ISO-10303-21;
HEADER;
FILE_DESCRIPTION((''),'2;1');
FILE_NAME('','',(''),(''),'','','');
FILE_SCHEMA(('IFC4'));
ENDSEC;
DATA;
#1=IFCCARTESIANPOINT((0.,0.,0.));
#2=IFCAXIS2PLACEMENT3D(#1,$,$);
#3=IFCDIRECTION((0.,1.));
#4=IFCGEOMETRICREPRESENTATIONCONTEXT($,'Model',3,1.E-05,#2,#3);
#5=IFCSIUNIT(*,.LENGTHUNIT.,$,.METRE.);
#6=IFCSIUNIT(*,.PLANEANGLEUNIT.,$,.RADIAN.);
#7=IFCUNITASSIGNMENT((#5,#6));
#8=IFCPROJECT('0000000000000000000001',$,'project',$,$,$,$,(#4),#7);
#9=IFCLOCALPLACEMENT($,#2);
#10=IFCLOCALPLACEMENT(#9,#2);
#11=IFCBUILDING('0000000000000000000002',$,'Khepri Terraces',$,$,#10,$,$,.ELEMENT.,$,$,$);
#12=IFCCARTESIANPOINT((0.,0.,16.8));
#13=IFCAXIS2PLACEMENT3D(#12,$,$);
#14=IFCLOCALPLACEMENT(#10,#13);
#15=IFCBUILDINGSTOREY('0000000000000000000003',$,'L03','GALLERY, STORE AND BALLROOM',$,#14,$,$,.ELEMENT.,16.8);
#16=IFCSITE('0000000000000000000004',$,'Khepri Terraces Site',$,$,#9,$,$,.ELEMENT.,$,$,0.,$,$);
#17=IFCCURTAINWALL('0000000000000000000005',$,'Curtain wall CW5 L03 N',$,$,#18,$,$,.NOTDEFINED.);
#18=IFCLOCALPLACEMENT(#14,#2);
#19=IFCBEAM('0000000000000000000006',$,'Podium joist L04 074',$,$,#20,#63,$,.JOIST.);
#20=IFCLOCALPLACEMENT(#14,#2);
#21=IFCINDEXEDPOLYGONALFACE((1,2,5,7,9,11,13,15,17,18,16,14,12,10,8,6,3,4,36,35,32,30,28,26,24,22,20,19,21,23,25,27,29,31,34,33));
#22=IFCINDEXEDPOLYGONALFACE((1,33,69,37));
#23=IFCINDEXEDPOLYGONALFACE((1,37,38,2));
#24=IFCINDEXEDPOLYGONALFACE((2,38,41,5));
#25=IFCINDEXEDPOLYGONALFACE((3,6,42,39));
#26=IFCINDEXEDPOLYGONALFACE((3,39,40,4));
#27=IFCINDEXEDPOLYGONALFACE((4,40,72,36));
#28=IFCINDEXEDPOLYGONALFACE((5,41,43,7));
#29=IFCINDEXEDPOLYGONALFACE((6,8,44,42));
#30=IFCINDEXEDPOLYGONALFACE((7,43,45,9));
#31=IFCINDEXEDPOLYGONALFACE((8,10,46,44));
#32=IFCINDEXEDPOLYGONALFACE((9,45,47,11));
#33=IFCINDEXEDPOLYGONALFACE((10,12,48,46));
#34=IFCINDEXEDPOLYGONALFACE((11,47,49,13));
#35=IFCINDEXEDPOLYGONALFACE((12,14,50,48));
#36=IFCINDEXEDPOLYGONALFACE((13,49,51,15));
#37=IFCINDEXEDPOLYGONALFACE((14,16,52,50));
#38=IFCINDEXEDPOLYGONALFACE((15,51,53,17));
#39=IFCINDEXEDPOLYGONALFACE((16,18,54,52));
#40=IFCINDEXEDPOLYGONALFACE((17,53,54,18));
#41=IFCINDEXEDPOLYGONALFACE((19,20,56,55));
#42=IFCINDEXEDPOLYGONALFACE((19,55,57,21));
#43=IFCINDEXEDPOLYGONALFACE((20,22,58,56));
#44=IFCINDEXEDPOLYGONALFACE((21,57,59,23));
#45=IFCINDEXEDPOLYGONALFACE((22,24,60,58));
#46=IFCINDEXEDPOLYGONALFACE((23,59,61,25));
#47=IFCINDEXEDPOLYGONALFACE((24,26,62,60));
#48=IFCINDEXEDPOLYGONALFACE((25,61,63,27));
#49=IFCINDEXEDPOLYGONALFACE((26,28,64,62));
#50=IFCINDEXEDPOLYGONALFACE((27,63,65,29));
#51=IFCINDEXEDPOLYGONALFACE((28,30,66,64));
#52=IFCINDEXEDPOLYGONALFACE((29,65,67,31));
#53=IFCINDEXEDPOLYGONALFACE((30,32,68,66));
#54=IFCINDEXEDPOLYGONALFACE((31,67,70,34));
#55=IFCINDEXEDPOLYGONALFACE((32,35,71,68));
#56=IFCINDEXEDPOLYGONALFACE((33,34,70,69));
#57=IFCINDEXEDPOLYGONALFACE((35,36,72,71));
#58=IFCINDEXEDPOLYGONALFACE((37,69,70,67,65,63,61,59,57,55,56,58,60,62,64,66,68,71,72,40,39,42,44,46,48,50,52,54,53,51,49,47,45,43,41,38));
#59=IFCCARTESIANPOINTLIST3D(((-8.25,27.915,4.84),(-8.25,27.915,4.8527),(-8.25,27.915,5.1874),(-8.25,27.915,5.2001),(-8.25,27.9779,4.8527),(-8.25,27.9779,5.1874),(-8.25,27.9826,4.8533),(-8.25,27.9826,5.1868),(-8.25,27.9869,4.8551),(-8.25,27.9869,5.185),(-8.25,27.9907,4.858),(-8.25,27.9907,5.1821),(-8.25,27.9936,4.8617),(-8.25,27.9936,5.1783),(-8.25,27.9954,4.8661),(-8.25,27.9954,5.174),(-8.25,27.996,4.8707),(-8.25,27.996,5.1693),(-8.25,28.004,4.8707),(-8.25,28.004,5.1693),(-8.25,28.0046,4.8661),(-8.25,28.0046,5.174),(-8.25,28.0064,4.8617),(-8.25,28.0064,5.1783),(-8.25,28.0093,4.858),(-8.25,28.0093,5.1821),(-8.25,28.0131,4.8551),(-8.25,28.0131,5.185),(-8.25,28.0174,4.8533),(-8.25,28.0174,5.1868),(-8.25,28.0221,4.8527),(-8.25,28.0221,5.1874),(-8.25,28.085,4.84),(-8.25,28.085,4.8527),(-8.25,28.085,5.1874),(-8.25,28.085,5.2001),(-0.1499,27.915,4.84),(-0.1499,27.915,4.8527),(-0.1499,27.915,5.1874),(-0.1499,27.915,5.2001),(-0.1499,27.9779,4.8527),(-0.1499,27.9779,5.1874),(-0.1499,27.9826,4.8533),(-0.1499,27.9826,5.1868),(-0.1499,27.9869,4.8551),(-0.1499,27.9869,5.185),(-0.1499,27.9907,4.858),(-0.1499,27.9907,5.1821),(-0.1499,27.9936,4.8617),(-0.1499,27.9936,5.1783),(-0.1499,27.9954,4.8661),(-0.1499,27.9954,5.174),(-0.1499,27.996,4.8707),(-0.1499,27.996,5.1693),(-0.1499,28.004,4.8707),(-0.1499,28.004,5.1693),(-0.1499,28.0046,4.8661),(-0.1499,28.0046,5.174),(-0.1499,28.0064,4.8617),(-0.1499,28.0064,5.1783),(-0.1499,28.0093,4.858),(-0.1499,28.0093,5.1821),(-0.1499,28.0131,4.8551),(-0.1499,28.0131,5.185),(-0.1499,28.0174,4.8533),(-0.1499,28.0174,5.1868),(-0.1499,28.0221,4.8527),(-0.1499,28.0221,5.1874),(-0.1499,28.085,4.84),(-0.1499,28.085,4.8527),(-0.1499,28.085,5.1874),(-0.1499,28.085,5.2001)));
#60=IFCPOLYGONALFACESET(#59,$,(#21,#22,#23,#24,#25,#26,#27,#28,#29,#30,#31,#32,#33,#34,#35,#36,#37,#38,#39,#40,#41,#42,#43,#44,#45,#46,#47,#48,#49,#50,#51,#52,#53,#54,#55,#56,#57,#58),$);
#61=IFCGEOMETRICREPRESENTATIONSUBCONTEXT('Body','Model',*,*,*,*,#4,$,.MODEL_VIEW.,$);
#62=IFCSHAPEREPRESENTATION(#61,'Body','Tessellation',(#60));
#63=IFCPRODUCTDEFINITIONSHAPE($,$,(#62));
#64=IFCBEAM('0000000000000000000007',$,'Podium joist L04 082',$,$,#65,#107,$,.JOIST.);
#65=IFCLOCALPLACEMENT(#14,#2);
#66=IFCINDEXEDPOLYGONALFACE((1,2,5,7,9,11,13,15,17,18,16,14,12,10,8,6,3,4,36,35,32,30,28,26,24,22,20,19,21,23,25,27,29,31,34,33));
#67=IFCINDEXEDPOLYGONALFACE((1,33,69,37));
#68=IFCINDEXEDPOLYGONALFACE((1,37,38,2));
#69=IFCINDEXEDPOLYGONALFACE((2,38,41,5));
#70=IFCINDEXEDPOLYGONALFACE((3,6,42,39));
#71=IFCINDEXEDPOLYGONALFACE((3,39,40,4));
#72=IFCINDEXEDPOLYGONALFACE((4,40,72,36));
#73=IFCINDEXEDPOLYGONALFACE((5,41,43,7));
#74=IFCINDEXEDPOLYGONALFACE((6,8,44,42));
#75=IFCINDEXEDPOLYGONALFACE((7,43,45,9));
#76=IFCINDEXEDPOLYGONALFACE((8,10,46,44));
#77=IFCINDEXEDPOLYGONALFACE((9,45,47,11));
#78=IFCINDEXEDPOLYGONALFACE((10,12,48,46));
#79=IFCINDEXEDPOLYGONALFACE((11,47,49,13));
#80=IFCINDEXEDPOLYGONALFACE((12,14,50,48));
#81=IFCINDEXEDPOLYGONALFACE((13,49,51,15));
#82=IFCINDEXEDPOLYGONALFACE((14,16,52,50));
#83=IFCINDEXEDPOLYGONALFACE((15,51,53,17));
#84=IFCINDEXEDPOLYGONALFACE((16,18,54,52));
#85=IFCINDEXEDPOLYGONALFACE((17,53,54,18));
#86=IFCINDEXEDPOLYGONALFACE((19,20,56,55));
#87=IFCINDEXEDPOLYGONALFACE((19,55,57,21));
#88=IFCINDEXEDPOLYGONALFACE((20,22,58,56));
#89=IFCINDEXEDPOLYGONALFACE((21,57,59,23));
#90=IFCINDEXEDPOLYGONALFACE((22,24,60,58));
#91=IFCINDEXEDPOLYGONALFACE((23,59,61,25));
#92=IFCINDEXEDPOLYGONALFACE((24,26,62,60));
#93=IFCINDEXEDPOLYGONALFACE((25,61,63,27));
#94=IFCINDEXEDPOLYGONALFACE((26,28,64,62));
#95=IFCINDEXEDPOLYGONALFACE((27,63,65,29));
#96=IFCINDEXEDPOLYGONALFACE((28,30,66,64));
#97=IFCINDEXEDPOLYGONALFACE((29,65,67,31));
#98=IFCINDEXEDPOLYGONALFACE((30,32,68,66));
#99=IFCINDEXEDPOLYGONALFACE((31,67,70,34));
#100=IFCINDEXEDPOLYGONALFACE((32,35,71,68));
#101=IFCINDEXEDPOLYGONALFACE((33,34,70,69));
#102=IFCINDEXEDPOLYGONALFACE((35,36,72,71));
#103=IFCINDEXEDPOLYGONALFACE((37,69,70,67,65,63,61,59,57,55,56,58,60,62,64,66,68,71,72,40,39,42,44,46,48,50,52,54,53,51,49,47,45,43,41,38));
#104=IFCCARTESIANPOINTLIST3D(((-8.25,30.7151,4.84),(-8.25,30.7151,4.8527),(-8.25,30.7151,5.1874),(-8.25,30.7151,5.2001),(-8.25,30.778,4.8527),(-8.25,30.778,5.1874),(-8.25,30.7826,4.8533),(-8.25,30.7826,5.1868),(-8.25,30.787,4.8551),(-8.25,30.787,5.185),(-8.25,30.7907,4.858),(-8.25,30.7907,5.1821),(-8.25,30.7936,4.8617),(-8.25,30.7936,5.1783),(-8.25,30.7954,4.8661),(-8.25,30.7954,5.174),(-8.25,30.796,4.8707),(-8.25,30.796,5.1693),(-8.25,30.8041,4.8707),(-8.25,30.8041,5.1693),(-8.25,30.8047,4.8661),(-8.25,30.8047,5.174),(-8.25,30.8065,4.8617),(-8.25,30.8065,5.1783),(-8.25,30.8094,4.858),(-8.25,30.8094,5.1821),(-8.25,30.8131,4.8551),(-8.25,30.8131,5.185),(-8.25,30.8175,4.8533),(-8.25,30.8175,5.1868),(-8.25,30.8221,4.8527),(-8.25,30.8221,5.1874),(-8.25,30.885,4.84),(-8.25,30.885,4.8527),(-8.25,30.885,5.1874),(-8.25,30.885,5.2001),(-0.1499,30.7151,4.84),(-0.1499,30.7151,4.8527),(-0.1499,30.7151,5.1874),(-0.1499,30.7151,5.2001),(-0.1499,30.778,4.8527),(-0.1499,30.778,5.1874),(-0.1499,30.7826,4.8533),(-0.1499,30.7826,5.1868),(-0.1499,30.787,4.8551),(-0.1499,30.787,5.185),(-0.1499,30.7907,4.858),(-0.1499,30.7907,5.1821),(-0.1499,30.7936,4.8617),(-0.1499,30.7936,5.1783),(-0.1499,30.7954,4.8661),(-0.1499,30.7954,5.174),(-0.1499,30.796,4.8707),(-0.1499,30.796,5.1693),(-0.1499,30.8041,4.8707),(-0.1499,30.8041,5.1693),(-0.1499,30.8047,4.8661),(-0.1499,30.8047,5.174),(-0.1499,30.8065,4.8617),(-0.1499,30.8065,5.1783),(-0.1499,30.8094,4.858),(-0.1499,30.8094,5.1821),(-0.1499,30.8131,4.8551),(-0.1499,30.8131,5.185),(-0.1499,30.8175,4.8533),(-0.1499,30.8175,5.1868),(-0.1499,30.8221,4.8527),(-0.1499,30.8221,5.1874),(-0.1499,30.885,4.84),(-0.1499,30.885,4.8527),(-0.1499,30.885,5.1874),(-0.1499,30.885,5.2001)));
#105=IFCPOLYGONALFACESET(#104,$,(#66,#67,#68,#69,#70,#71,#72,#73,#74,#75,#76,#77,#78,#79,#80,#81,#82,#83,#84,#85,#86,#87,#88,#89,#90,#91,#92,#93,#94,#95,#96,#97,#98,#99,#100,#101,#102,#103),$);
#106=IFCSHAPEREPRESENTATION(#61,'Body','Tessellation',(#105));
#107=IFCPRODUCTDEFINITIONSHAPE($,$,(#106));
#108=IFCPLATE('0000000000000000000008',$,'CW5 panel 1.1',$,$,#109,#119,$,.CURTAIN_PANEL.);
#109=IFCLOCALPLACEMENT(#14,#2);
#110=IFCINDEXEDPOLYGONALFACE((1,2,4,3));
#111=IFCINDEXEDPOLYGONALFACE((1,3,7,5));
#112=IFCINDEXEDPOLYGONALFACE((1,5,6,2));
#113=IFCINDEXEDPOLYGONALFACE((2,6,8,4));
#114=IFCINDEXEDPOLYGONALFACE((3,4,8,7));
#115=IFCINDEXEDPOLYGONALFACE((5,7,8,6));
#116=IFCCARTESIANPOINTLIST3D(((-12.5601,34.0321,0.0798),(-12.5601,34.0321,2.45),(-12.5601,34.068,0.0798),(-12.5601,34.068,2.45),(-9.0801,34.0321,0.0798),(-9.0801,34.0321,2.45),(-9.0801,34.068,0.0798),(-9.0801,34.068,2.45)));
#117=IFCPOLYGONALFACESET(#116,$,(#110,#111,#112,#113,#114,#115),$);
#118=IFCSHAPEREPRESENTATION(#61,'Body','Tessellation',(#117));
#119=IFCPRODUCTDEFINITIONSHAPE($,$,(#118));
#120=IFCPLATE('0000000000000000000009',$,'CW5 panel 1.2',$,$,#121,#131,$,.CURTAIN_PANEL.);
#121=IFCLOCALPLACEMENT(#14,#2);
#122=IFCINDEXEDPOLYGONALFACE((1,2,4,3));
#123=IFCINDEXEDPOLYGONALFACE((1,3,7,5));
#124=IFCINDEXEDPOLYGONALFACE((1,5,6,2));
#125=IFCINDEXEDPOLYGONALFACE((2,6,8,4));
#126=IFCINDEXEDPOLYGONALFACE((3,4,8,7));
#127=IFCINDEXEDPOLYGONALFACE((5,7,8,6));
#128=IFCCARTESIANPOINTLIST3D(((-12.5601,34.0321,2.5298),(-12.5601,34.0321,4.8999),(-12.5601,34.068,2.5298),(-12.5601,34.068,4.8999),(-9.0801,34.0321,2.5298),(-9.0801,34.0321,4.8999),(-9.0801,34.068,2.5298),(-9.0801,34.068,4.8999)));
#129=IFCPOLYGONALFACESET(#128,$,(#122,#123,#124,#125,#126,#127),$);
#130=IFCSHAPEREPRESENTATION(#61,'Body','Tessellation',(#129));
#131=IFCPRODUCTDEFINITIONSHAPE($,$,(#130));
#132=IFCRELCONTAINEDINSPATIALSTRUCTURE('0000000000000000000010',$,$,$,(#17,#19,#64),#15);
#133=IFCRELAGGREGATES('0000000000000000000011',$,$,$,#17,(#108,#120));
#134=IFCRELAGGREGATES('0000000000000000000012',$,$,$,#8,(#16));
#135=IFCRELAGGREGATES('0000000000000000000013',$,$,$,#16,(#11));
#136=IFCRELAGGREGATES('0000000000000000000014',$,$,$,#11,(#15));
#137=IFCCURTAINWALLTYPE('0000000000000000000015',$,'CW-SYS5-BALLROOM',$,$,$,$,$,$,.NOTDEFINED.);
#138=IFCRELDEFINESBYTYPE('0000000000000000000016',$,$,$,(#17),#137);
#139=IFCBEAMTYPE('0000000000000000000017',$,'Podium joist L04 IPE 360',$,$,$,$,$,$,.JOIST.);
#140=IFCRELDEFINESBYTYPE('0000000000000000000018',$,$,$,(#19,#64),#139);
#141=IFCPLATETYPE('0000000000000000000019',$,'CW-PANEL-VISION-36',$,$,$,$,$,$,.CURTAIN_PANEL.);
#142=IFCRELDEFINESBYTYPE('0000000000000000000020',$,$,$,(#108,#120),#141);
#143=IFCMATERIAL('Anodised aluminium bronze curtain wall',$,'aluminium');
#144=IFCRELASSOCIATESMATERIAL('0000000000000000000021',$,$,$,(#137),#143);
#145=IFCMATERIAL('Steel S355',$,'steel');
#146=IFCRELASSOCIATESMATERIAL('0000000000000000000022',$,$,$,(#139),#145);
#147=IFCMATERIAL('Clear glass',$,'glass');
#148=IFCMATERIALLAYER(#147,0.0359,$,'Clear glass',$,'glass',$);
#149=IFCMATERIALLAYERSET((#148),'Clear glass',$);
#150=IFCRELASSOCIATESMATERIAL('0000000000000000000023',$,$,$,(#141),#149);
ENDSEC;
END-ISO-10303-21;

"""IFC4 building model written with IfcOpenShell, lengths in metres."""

from ifc_helpers import new_model, si_unit, direction, frame, origin, origin_2d, place, context, subcontext, project, spatial, rectangle, i_section, extrude, material, layer, layer_set, material_profile, profile_set, type_object, element, aggregate, save


model = new_model("IFC4")

# Units and contexts
model_context = context("Model", 3, precision=1e-05, world=origin(), true_north=direction((0.0, 1.0)))
body_context = subcontext(model_context, "Body", "Model", "MODEL_VIEW")
ifc_project = project(units=[si_unit("LENGTHUNIT", "METRE"), si_unit("PLANEANGLEUNIT", "RADIAN")], contexts=[model_context])

# Site, building, storey
site_placement = place(None, origin())
site = spatial("IfcSite", under=ifc_project, at=site_placement, Name="Khepri Terraces Site", CompositionType="ELEMENT", RefElevation=0.0)
building_placement = place(site_placement, origin())
building = spatial("IfcBuilding", under=site, at=building_placement, Name="Khepri Terraces", CompositionType="ELEMENT")
storey_placement = place(building_placement, frame((0.0, 0.0, 16.8)))
storey = spatial("IfcBuildingStorey", under=building, at=storey_placement, Name="L03", Description="GALLERY, STORE AND BALLROOM", CompositionType="ELEMENT", Elevation=16.8)

# Curtain wall
ifc_material_1 = material(Name="Anodised aluminium bronze curtain wall", Category="aluminium")
curtain_wall_type = type_object("IfcCurtainWallType", Name="CW-SYS5-BALLROOM", PredefinedType="NOTDEFINED", material=ifc_material_1)
curtain_wall_placement = place(storey_placement, origin())
curtain_wall = element("IfcCurtainWall", 1, at=curtain_wall_placement, inside=storey, type_object=curtain_wall_type, Name="Curtain wall CW5 L03 N", PredefinedType="NOTDEFINED")

# Beams
ifc_material_2 = material(Name="Steel S355", Category="steel")
ifc_material_profile_1 = material_profile(ifc_material_2, i_section(OverallWidth=0.1699, OverallDepth=0.3601, WebThickness=0.0081, FlangeThickness=0.0127, FilletRadius=0.0181, at=origin_2d()), Name="Steel S355", Category="steel")
ifc_profile_set_1 = profile_set([ifc_material_profile_1], Name="Steel S355")
beam_type_1 = type_object("IfcBeamType", Name="Podium joist L04 IPE 360", PredefinedType="JOIST", material=ifc_profile_set_1)
for number, where, z_axis, x_axis, name in (
    (2, (-8.25, 28.0, 5.02), (1.0, 0.0, 0.0), (0.0, 1.0, 0.0), "Podium joist L04 074"),
    (3, (-8.25, 30.8, 5.02), (1.0, 0.0, 0.0), (0.0, 1.0, 0.0), "Podium joist L04 082"),
):
    element("IfcBeam", number, at=place(storey_placement, frame(where, z_axis=z_axis, x_axis=x_axis)), inside=storey, type_object=beam_type_1, Name=name, PredefinedType="JOIST", context=body_context, shape_type="SweptSolid", body=[
        extrude(i_section(OverallWidth=0.1699, OverallDepth=0.3601, WebThickness=0.0081, FlangeThickness=0.0127, FilletRadius=0.0181, at=origin_2d()), origin(), (0.0, 0.0, 1.0), 8.1001),
    ])

# Plates
ifc_material_3 = material(Name="Clear glass", Category="glass")
ifc_layer_1 = layer(ifc_material_3, 0.0359, Name="Clear glass", Category="glass")
ifc_layer_set_1 = layer_set([ifc_layer_1], Name="Clear glass")
plate_type = type_object("IfcPlateType", Name="CW-PANEL-VISION-36", PredefinedType="CURTAIN_PANEL", material=ifc_layer_set_1)
plate_1_placement = place(storey_placement, frame((-10.8201, 34.05, 0.0798), z_axis=(0.0, 0.0, 1.0), x_axis=(-1.0, 0.0, 0.0)))
plate_1 = element("IfcPlate", 4, at=plate_1_placement, type_object=plate_type, Name="CW5 panel 1.1", PredefinedType="CURTAIN_PANEL", context=body_context, shape_type="SweptSolid", body=[
    extrude(rectangle(XDim=3.48, YDim=0.0359, at=origin_2d()), origin(), (0.0, 0.0, 1.0), 2.3701),
])
plate_2_placement = place(storey_placement, frame((-10.8201, 34.05, 2.5298), z_axis=(0.0, 0.0, 1.0), x_axis=(-1.0, 0.0, 0.0)))
plate_2 = element("IfcPlate", 5, at=plate_2_placement, type_object=plate_type, Name="CW5 panel 1.2", PredefinedType="CURTAIN_PANEL", context=body_context, shape_type="SweptSolid", body=[
    extrude(rectangle(XDim=3.48, YDim=0.0359, at=origin_2d()), origin(), (0.0, 0.0, 1.0), 2.3701),
])
aggregate(curtain_wall, [plate_1, plate_2])

save(model, "model.ifc")
